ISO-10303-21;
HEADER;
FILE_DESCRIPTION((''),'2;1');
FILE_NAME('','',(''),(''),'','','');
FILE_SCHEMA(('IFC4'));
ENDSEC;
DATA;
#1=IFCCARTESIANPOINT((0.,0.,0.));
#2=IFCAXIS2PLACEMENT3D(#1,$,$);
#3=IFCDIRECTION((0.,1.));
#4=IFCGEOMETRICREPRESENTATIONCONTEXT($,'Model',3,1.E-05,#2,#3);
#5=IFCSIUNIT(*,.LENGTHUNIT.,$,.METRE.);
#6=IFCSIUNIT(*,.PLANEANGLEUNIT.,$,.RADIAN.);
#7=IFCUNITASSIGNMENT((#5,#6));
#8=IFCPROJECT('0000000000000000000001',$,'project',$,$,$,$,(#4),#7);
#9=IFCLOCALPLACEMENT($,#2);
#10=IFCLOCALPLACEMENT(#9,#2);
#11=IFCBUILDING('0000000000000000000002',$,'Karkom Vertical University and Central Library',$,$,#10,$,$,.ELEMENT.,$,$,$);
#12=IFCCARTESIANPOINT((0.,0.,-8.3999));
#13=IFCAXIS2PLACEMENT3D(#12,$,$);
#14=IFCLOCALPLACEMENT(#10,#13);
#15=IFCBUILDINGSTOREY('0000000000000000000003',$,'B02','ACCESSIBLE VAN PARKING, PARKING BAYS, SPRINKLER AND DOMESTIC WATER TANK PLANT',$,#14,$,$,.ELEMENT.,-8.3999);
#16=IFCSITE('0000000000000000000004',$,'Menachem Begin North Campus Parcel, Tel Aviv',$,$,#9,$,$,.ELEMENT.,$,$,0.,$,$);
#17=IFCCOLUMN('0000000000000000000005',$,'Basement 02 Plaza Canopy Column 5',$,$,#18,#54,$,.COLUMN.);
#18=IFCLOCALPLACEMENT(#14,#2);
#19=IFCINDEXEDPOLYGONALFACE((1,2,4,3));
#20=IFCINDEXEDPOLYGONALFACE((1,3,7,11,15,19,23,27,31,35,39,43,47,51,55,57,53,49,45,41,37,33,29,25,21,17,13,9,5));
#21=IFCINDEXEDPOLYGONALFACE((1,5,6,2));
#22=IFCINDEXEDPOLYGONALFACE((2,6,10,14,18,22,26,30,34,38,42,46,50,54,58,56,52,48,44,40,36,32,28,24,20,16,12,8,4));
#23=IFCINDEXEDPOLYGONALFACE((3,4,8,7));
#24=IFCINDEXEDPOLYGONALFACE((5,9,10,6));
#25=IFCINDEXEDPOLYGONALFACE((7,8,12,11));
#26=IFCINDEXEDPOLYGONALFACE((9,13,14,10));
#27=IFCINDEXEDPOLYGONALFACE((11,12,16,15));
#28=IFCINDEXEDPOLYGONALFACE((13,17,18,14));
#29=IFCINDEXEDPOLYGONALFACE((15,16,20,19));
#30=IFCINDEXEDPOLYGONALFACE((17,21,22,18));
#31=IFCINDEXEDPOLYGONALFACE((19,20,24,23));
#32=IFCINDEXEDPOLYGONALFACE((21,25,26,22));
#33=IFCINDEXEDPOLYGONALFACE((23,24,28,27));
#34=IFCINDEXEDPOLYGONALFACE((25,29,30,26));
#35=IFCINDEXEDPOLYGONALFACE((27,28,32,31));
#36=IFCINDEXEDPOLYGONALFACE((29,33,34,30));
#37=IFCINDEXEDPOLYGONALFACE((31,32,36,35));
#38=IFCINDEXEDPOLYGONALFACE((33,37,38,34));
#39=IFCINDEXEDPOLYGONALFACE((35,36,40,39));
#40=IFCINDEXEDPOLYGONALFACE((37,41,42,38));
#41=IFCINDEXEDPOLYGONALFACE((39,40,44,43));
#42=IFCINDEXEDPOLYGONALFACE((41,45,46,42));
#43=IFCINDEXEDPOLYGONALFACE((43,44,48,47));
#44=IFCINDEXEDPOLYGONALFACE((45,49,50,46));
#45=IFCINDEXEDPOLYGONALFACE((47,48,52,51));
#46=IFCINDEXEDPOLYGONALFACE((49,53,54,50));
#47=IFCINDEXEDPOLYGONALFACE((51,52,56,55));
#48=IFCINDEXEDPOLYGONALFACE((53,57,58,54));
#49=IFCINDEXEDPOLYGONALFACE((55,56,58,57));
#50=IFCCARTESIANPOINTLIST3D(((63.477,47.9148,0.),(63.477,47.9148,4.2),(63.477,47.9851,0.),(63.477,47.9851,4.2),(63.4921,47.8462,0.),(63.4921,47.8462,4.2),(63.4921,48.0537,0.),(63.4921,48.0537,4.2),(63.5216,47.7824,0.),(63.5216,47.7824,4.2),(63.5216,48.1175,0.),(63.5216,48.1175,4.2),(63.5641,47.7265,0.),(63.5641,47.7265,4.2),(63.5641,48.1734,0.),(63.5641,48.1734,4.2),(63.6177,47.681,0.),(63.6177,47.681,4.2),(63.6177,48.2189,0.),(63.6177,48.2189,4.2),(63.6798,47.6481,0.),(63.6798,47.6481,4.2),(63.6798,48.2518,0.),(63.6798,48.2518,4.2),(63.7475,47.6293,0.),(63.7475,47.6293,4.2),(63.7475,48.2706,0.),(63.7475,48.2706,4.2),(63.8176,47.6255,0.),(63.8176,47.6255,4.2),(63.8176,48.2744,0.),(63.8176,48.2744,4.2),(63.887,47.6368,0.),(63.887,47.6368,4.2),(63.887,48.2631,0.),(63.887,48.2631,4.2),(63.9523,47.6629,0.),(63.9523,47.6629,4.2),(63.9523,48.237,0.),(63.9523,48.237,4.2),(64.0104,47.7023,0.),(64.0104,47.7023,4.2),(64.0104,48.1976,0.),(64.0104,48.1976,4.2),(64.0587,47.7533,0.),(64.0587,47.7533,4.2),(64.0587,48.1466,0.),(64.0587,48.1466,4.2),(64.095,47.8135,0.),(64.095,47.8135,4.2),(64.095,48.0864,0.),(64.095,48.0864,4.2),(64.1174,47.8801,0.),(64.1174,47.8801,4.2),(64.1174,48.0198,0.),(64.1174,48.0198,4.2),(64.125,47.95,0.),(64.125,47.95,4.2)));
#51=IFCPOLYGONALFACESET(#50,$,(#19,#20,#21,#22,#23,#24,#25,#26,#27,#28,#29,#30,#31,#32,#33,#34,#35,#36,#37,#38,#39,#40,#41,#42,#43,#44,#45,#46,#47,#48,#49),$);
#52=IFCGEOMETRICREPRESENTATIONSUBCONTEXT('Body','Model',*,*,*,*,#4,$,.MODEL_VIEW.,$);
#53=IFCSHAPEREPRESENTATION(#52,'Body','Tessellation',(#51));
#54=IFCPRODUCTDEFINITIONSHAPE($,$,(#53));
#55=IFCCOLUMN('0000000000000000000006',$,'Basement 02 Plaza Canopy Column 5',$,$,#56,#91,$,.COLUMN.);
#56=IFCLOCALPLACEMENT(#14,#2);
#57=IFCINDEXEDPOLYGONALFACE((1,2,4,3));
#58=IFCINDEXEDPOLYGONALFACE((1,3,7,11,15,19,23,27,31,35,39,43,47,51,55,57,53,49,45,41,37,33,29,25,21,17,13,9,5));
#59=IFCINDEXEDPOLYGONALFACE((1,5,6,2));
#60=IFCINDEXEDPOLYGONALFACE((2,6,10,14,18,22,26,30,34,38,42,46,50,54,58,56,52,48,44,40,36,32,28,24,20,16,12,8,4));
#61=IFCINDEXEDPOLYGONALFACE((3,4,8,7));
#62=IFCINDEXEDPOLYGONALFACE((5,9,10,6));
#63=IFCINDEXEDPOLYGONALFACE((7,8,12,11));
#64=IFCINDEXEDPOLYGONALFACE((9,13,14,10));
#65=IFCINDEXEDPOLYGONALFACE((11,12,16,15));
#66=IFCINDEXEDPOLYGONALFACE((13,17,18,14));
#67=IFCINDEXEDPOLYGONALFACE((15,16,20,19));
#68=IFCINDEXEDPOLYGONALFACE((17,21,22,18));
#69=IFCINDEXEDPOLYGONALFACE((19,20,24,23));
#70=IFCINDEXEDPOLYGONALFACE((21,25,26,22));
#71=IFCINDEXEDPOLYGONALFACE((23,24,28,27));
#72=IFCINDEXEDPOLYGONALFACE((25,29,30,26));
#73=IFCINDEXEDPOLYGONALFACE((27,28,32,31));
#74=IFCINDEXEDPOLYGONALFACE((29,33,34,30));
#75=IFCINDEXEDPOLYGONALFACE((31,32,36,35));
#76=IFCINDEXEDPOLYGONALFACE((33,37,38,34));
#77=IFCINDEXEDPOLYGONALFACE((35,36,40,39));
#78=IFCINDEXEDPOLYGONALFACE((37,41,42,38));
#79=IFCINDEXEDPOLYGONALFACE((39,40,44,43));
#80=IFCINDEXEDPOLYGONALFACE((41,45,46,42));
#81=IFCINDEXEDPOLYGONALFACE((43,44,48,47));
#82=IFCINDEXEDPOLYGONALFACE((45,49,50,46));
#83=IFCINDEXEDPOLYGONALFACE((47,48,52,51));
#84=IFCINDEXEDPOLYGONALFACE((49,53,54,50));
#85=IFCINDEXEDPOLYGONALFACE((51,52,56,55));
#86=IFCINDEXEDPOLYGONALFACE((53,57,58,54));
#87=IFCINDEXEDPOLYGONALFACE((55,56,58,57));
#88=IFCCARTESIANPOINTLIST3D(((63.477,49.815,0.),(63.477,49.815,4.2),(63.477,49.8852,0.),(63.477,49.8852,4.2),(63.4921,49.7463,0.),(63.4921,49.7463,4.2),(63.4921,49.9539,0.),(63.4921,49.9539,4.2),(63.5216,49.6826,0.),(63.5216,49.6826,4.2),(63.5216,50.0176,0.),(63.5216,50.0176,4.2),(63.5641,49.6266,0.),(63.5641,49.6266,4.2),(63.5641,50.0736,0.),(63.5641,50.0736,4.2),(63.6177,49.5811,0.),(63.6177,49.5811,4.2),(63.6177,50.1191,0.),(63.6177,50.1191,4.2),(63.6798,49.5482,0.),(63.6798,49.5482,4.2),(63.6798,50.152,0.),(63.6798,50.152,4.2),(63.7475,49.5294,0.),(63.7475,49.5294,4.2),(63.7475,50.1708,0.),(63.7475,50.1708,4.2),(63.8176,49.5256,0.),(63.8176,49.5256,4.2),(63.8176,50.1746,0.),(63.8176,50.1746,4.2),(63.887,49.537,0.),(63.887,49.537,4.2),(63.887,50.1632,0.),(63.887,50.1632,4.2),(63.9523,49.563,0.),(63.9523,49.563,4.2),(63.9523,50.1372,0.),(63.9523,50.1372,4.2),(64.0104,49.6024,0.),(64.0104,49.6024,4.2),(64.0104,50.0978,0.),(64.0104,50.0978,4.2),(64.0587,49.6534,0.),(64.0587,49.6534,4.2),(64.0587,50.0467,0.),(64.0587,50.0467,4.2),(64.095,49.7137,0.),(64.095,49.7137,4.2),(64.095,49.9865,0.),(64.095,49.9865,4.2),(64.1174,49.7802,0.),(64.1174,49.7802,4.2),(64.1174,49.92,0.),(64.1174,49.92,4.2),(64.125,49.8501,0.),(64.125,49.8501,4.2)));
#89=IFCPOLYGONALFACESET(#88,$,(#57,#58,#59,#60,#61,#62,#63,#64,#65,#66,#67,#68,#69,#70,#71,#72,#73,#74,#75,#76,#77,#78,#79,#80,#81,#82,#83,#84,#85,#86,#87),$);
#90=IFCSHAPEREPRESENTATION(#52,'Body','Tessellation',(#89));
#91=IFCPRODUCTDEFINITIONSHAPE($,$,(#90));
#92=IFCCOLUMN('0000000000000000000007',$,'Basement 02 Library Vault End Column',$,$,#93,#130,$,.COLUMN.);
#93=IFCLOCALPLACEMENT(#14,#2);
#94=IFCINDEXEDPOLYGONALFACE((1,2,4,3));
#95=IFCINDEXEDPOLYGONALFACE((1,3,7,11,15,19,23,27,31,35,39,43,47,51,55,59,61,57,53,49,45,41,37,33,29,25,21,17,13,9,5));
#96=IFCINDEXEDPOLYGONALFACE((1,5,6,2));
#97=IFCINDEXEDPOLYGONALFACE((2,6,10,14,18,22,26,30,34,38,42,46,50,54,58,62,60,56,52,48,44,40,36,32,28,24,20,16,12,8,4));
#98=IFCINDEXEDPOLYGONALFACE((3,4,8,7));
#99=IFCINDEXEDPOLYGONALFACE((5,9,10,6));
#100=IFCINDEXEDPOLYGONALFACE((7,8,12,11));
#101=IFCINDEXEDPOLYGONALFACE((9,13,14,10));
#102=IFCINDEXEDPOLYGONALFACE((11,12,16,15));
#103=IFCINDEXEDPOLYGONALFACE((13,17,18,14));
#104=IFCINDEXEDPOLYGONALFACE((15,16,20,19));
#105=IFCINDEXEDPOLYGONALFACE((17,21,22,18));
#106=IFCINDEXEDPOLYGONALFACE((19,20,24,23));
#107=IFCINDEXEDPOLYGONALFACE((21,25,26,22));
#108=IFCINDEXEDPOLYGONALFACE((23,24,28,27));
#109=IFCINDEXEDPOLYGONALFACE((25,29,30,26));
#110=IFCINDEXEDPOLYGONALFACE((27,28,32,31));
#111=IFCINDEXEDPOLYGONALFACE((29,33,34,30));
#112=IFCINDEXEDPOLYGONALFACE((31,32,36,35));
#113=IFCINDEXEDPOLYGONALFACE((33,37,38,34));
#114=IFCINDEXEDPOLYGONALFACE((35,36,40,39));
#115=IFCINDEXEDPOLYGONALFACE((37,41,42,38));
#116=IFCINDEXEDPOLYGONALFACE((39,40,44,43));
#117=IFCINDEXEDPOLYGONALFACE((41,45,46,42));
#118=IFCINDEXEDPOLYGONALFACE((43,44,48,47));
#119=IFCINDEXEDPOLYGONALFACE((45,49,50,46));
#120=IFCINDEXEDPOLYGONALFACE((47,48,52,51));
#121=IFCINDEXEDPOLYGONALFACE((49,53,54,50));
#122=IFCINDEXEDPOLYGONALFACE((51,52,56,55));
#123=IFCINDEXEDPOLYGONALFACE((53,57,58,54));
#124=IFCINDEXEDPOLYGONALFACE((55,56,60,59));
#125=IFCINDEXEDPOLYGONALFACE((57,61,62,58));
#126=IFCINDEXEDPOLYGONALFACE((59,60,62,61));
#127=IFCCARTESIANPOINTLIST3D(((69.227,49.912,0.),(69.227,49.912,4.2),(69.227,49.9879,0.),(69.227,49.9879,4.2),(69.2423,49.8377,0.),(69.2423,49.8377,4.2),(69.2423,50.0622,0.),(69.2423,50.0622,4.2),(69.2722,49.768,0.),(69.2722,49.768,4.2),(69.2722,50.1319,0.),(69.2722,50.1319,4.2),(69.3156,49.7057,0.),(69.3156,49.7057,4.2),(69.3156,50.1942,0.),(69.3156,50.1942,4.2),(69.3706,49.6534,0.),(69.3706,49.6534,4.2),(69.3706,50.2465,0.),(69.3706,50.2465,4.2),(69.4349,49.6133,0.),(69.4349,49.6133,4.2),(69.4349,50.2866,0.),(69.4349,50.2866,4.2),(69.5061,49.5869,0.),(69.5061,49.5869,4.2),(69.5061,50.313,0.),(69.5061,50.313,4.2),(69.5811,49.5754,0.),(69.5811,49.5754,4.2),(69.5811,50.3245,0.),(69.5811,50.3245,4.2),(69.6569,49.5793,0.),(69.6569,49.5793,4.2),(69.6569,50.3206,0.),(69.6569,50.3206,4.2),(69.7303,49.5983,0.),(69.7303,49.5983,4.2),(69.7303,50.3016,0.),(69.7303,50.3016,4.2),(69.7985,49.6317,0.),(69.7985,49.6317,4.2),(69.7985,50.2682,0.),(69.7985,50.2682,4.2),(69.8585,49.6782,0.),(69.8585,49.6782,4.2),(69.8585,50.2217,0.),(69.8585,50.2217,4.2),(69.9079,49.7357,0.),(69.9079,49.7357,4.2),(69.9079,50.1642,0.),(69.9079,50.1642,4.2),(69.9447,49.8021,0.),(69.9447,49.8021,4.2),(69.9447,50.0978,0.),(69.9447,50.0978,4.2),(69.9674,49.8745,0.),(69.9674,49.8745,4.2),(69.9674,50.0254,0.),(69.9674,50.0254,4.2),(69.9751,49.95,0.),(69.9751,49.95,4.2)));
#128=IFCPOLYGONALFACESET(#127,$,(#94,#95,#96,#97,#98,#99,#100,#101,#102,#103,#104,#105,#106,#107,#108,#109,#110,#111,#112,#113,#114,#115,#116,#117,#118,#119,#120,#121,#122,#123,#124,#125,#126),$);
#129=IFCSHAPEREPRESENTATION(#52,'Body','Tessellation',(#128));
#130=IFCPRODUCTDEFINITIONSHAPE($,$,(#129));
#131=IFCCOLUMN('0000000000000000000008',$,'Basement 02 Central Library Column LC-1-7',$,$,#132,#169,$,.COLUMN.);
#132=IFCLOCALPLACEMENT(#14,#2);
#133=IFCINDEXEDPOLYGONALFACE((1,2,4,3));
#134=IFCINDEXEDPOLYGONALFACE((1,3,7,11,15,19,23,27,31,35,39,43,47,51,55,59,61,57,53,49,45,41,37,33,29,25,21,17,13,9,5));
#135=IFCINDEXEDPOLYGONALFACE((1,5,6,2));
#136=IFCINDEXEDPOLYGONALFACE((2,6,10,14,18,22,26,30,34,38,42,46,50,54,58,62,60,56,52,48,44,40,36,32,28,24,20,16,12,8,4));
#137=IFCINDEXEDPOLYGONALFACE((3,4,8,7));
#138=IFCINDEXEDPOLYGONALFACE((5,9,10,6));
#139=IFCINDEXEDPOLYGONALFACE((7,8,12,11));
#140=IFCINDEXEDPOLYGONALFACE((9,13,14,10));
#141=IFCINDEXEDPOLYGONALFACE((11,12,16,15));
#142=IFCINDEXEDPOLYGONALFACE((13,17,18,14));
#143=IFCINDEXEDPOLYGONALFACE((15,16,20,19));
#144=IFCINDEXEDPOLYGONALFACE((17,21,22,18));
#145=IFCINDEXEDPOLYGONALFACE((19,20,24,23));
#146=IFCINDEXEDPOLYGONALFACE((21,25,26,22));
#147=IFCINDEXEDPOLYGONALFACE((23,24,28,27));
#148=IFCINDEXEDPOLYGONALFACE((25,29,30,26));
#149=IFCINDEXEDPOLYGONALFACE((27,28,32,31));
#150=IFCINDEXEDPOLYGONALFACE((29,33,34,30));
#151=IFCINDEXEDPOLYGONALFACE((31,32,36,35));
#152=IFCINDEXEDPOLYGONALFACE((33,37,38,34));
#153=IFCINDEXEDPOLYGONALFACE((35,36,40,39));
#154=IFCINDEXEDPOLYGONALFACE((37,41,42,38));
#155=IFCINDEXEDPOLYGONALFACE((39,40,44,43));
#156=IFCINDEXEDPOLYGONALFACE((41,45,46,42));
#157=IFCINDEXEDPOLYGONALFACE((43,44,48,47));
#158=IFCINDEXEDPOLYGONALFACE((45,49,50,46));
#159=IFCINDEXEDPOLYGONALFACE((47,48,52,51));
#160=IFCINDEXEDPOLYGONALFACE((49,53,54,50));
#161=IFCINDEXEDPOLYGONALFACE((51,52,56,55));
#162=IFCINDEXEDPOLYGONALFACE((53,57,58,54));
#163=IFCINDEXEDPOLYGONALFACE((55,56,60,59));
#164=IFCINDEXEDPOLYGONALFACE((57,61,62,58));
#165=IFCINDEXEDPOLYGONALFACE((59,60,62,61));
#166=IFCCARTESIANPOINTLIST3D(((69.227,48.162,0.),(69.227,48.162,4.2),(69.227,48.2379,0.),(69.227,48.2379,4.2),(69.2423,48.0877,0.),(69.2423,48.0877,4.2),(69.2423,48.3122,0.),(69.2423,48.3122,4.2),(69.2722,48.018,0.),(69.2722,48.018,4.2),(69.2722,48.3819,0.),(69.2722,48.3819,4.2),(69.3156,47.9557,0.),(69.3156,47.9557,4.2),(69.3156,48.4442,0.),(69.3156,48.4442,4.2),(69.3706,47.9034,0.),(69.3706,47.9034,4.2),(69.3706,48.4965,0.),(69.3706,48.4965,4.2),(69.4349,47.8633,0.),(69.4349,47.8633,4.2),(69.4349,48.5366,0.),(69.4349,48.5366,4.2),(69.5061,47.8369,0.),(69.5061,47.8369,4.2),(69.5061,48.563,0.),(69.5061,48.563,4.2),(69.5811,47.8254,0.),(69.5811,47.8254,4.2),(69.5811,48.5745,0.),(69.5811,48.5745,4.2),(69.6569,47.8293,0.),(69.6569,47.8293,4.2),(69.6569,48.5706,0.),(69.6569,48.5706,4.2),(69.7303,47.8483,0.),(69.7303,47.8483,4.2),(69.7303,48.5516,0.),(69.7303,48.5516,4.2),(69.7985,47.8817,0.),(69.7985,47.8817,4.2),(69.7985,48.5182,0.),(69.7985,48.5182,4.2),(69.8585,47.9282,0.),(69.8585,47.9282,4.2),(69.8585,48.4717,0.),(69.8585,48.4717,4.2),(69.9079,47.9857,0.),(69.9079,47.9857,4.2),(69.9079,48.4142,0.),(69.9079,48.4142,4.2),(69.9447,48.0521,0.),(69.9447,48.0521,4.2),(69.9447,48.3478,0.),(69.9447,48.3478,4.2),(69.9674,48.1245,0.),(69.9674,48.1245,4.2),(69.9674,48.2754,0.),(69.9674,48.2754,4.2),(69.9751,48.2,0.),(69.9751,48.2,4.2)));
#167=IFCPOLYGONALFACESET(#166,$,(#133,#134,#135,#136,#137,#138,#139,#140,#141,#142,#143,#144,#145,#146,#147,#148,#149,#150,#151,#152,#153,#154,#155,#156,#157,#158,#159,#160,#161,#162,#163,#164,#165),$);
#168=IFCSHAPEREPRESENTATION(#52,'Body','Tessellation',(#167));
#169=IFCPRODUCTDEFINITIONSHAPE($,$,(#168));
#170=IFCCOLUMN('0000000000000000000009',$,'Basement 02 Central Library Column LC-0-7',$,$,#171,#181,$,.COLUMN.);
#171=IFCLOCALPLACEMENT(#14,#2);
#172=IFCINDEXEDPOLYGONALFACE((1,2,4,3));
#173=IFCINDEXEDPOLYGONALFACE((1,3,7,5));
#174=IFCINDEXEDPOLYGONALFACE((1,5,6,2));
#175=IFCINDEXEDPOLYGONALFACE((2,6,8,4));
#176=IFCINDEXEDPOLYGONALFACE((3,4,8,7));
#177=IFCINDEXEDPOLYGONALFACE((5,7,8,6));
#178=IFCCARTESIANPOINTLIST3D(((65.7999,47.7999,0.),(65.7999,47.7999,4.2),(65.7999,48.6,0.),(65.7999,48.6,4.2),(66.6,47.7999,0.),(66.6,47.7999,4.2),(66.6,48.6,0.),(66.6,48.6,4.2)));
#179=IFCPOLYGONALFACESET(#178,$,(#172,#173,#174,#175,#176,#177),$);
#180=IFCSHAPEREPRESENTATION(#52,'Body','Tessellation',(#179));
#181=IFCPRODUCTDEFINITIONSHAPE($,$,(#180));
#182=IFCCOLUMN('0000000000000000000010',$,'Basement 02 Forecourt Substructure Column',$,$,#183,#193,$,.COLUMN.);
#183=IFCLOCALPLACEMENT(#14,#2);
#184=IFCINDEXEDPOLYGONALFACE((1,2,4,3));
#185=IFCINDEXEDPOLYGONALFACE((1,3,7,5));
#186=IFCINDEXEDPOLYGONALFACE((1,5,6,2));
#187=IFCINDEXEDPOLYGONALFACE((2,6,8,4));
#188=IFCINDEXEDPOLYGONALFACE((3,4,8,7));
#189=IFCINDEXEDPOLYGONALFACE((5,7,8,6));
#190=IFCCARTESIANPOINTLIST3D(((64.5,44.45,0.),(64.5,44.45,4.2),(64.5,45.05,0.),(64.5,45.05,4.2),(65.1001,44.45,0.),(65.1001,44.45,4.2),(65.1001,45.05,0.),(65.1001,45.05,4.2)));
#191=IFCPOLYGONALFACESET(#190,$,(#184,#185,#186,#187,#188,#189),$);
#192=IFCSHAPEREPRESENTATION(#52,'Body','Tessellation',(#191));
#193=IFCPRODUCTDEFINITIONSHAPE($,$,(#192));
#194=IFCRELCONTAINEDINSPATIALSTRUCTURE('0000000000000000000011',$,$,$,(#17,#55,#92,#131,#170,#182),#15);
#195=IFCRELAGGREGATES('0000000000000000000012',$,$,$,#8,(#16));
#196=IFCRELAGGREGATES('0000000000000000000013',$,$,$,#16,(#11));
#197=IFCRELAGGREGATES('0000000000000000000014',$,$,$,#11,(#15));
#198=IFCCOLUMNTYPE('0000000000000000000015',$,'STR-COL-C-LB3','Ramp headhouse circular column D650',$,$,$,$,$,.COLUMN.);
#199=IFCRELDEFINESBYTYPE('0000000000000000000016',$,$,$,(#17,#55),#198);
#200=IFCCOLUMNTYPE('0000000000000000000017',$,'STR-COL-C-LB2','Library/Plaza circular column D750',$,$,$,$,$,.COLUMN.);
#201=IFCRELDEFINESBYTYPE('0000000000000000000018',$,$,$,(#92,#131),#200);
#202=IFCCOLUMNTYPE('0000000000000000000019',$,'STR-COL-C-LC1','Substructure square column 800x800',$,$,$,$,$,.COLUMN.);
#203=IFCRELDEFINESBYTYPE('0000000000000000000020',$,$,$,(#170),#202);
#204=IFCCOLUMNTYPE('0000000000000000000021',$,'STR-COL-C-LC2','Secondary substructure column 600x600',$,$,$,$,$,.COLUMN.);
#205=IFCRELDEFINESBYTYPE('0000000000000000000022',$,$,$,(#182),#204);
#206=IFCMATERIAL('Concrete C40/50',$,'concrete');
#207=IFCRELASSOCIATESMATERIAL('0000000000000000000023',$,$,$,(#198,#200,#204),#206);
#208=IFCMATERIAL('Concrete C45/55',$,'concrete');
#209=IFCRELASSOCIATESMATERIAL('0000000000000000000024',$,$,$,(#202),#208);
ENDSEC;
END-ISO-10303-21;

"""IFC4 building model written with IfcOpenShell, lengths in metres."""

from ifc_helpers import new_model, si_unit, direction, frame, origin, origin_with_axes, origin_2d, place, context, subcontext, project, spatial, rectangle, circle, extrude, source, transform, mapped, material, material_profile, profile_set, type_object, element, save


model = new_model("IFC4")

# Units and contexts
model_context = context("Model", 3, precision=1e-05, world=origin(), true_north=direction((0.0, 1.0)))
body_context = subcontext(model_context, "Body", "Model", "MODEL_VIEW")
ifc_project = project(units=[si_unit("LENGTHUNIT", "METRE"), si_unit("PLANEANGLEUNIT", "RADIAN")], contexts=[model_context])

# Site, building, storey
site_placement = place(None, origin())
site = spatial("IfcSite", under=ifc_project, at=site_placement, Name="Menachem Begin North Campus Parcel, Tel Aviv", CompositionType="ELEMENT", RefElevation=0.0)
building_placement = place(site_placement, origin())
building = spatial("IfcBuilding", under=site, at=building_placement, Name="Karkom Vertical University and Central Library", CompositionType="ELEMENT")
storey_placement = place(building_placement, frame((0.0, 0.0, -8.3999)))
storey = spatial("IfcBuildingStorey", under=building, at=storey_placement, Name="B02", Description="ACCESSIBLE VAN PARKING, PARKING BAYS, SPRINKLER AND DOMESTIC WATER TANK PLANT", CompositionType="ELEMENT", Elevation=-8.3999)

# Shared definitions
ifc_material_1 = material(Name="Concrete C40/50", Category="concrete")

# Shared definitions
ifc_material_2 = material(Name="Concrete C45/55", Category="concrete")

# Columns
ifc_material_profile_1 = material_profile(ifc_material_1, circle(Radius=0.325, at=origin_2d()), Name="RC-D650")
ifc_profile_set_1 = profile_set([ifc_material_profile_1], Name="Concrete C40/50")
column_type_1 = type_object("IfcColumnType", Name="STR-COL-C-LB3", Description="Ramp headhouse circular column D650", PredefinedType="COLUMN", material=ifc_profile_set_1)
shared_shape_1 = source(origin_with_axes(), body_context, "Body", "SweptSolid", [
    extrude(circle(Radius=0.325, at=origin_2d()), origin(), (0.0, 0.0, 1.0), 4.2),
])
for number, where, z_axis, x_axis, name in (
    (1, (63.8, 47.95, 0.0), (0.0, 0.0, 1.0), (1.0, 0.0, 0.0), "Basement 02 Plaza Canopy Column 5"),
    (2, (63.8, 49.8501, 0.0), (0.0, 0.0, 1.0), (1.0, 0.0, 0.0), "Basement 02 Plaza Canopy Column 5"),
):
    element("IfcColumn", number, at=place(storey_placement, frame(where, z_axis=z_axis, x_axis=x_axis)), inside=storey, type_object=column_type_1, Name=name, PredefinedType="COLUMN", context=body_context, shape_type="MappedRepresentation", body=[
        mapped(shared_shape_1, transform((0.0, 0.0, 0.0), scale=1.0)),
    ])
ifc_material_profile_2 = material_profile(ifc_material_1, circle(Radius=0.375, at=origin_2d()), Name="RC-D750")
ifc_profile_set_2 = profile_set([ifc_material_profile_2], Name="Concrete C40/50")
column_type_2 = type_object("IfcColumnType", Name="STR-COL-C-LB2", Description="Library/Plaza circular column D750", PredefinedType="COLUMN", material=ifc_profile_set_2)
shared_shape_2 = source(origin_with_axes(), body_context, "Body", "SweptSolid", [
    extrude(circle(Radius=0.375, at=origin_2d()), origin(), (0.0, 0.0, 1.0), 4.2),
])
for number, where, z_axis, x_axis, name in (
    (3, (69.6001, 49.95, 0.0), (0.0, 0.0, 1.0), (1.0, 0.0, 0.0), "Basement 02 Library Vault End Column"),
    (4, (69.6001, 48.2, 0.0), (0.0, 0.0, 1.0), (1.0, 0.0, 0.0), "Basement 02 Central Library Column LC-1-7"),
):
    element("IfcColumn", number, at=place(storey_placement, frame(where, z_axis=z_axis, x_axis=x_axis)), inside=storey, type_object=column_type_2, Name=name, PredefinedType="COLUMN", context=body_context, shape_type="MappedRepresentation", body=[
        mapped(shared_shape_2, transform((0.0, 0.0, 0.0), scale=1.0)),
    ])
ifc_material_profile_3 = material_profile(ifc_material_2, rectangle(XDim=0.8, YDim=0.8, at=origin_2d()), Name="RC-800x800")
ifc_profile_set_3 = profile_set([ifc_material_profile_3], Name="Concrete C45/55")
column_type_3 = type_object("IfcColumnType", Name="STR-COL-C-LC1", Description="Substructure square column 800x800", PredefinedType="COLUMN", material=ifc_profile_set_3)
shared_shape_3 = source(origin_with_axes(), body_context, "Body", "SweptSolid", [
    extrude(rectangle(XDim=0.8, YDim=0.8, at=origin_2d()), origin(), (0.0, 0.0, 1.0), 4.2),
])
column_placement = place(storey_placement, frame((66.2, 48.2, 0.0), z_axis=(0.0, 0.0, 1.0), x_axis=(1.0, 0.0, 0.0)))
element("IfcColumn", 5, at=column_placement, inside=storey, type_object=column_type_3, Name="Basement 02 Central Library Column LC-0-7", PredefinedType="COLUMN", context=body_context, shape_type="MappedRepresentation", body=[
    mapped(shared_shape_3, transform((0.0, 0.0, 0.0), scale=1.0)),
])
ifc_material_profile_4 = material_profile(ifc_material_1, rectangle(XDim=0.6001, YDim=0.6001, at=origin_2d()), Name="RC-600x600")
ifc_profile_set_4 = profile_set([ifc_material_profile_4], Name="Concrete C40/50")
column_type_4 = type_object("IfcColumnType", Name="STR-COL-C-LC2", Description="Secondary substructure column 600x600", PredefinedType="COLUMN", material=ifc_profile_set_4)
shared_shape_4 = source(origin_with_axes(), body_context, "Body", "SweptSolid", [
    extrude(rectangle(XDim=0.6001, YDim=0.6001, at=origin_2d()), origin(), (0.0, 0.0, 1.0), 4.2),
])
for number, where, z_axis, x_axis, name in (
    (6, (64.8, 44.75, 0.0), (0.0, 0.0, 1.0), (1.0, 0.0, 0.0), "Basement 02 Forecourt Substructure Column"),
):
    element("IfcColumn", number, at=place(storey_placement, frame(where, z_axis=z_axis, x_axis=x_axis)), inside=storey, type_object=column_type_4, Name=name, PredefinedType="COLUMN", context=body_context, shape_type="MappedRepresentation", body=[
        mapped(shared_shape_4, transform((0.0, 0.0, 0.0), scale=1.0)),
    ])

save(model, "model.ifc")
